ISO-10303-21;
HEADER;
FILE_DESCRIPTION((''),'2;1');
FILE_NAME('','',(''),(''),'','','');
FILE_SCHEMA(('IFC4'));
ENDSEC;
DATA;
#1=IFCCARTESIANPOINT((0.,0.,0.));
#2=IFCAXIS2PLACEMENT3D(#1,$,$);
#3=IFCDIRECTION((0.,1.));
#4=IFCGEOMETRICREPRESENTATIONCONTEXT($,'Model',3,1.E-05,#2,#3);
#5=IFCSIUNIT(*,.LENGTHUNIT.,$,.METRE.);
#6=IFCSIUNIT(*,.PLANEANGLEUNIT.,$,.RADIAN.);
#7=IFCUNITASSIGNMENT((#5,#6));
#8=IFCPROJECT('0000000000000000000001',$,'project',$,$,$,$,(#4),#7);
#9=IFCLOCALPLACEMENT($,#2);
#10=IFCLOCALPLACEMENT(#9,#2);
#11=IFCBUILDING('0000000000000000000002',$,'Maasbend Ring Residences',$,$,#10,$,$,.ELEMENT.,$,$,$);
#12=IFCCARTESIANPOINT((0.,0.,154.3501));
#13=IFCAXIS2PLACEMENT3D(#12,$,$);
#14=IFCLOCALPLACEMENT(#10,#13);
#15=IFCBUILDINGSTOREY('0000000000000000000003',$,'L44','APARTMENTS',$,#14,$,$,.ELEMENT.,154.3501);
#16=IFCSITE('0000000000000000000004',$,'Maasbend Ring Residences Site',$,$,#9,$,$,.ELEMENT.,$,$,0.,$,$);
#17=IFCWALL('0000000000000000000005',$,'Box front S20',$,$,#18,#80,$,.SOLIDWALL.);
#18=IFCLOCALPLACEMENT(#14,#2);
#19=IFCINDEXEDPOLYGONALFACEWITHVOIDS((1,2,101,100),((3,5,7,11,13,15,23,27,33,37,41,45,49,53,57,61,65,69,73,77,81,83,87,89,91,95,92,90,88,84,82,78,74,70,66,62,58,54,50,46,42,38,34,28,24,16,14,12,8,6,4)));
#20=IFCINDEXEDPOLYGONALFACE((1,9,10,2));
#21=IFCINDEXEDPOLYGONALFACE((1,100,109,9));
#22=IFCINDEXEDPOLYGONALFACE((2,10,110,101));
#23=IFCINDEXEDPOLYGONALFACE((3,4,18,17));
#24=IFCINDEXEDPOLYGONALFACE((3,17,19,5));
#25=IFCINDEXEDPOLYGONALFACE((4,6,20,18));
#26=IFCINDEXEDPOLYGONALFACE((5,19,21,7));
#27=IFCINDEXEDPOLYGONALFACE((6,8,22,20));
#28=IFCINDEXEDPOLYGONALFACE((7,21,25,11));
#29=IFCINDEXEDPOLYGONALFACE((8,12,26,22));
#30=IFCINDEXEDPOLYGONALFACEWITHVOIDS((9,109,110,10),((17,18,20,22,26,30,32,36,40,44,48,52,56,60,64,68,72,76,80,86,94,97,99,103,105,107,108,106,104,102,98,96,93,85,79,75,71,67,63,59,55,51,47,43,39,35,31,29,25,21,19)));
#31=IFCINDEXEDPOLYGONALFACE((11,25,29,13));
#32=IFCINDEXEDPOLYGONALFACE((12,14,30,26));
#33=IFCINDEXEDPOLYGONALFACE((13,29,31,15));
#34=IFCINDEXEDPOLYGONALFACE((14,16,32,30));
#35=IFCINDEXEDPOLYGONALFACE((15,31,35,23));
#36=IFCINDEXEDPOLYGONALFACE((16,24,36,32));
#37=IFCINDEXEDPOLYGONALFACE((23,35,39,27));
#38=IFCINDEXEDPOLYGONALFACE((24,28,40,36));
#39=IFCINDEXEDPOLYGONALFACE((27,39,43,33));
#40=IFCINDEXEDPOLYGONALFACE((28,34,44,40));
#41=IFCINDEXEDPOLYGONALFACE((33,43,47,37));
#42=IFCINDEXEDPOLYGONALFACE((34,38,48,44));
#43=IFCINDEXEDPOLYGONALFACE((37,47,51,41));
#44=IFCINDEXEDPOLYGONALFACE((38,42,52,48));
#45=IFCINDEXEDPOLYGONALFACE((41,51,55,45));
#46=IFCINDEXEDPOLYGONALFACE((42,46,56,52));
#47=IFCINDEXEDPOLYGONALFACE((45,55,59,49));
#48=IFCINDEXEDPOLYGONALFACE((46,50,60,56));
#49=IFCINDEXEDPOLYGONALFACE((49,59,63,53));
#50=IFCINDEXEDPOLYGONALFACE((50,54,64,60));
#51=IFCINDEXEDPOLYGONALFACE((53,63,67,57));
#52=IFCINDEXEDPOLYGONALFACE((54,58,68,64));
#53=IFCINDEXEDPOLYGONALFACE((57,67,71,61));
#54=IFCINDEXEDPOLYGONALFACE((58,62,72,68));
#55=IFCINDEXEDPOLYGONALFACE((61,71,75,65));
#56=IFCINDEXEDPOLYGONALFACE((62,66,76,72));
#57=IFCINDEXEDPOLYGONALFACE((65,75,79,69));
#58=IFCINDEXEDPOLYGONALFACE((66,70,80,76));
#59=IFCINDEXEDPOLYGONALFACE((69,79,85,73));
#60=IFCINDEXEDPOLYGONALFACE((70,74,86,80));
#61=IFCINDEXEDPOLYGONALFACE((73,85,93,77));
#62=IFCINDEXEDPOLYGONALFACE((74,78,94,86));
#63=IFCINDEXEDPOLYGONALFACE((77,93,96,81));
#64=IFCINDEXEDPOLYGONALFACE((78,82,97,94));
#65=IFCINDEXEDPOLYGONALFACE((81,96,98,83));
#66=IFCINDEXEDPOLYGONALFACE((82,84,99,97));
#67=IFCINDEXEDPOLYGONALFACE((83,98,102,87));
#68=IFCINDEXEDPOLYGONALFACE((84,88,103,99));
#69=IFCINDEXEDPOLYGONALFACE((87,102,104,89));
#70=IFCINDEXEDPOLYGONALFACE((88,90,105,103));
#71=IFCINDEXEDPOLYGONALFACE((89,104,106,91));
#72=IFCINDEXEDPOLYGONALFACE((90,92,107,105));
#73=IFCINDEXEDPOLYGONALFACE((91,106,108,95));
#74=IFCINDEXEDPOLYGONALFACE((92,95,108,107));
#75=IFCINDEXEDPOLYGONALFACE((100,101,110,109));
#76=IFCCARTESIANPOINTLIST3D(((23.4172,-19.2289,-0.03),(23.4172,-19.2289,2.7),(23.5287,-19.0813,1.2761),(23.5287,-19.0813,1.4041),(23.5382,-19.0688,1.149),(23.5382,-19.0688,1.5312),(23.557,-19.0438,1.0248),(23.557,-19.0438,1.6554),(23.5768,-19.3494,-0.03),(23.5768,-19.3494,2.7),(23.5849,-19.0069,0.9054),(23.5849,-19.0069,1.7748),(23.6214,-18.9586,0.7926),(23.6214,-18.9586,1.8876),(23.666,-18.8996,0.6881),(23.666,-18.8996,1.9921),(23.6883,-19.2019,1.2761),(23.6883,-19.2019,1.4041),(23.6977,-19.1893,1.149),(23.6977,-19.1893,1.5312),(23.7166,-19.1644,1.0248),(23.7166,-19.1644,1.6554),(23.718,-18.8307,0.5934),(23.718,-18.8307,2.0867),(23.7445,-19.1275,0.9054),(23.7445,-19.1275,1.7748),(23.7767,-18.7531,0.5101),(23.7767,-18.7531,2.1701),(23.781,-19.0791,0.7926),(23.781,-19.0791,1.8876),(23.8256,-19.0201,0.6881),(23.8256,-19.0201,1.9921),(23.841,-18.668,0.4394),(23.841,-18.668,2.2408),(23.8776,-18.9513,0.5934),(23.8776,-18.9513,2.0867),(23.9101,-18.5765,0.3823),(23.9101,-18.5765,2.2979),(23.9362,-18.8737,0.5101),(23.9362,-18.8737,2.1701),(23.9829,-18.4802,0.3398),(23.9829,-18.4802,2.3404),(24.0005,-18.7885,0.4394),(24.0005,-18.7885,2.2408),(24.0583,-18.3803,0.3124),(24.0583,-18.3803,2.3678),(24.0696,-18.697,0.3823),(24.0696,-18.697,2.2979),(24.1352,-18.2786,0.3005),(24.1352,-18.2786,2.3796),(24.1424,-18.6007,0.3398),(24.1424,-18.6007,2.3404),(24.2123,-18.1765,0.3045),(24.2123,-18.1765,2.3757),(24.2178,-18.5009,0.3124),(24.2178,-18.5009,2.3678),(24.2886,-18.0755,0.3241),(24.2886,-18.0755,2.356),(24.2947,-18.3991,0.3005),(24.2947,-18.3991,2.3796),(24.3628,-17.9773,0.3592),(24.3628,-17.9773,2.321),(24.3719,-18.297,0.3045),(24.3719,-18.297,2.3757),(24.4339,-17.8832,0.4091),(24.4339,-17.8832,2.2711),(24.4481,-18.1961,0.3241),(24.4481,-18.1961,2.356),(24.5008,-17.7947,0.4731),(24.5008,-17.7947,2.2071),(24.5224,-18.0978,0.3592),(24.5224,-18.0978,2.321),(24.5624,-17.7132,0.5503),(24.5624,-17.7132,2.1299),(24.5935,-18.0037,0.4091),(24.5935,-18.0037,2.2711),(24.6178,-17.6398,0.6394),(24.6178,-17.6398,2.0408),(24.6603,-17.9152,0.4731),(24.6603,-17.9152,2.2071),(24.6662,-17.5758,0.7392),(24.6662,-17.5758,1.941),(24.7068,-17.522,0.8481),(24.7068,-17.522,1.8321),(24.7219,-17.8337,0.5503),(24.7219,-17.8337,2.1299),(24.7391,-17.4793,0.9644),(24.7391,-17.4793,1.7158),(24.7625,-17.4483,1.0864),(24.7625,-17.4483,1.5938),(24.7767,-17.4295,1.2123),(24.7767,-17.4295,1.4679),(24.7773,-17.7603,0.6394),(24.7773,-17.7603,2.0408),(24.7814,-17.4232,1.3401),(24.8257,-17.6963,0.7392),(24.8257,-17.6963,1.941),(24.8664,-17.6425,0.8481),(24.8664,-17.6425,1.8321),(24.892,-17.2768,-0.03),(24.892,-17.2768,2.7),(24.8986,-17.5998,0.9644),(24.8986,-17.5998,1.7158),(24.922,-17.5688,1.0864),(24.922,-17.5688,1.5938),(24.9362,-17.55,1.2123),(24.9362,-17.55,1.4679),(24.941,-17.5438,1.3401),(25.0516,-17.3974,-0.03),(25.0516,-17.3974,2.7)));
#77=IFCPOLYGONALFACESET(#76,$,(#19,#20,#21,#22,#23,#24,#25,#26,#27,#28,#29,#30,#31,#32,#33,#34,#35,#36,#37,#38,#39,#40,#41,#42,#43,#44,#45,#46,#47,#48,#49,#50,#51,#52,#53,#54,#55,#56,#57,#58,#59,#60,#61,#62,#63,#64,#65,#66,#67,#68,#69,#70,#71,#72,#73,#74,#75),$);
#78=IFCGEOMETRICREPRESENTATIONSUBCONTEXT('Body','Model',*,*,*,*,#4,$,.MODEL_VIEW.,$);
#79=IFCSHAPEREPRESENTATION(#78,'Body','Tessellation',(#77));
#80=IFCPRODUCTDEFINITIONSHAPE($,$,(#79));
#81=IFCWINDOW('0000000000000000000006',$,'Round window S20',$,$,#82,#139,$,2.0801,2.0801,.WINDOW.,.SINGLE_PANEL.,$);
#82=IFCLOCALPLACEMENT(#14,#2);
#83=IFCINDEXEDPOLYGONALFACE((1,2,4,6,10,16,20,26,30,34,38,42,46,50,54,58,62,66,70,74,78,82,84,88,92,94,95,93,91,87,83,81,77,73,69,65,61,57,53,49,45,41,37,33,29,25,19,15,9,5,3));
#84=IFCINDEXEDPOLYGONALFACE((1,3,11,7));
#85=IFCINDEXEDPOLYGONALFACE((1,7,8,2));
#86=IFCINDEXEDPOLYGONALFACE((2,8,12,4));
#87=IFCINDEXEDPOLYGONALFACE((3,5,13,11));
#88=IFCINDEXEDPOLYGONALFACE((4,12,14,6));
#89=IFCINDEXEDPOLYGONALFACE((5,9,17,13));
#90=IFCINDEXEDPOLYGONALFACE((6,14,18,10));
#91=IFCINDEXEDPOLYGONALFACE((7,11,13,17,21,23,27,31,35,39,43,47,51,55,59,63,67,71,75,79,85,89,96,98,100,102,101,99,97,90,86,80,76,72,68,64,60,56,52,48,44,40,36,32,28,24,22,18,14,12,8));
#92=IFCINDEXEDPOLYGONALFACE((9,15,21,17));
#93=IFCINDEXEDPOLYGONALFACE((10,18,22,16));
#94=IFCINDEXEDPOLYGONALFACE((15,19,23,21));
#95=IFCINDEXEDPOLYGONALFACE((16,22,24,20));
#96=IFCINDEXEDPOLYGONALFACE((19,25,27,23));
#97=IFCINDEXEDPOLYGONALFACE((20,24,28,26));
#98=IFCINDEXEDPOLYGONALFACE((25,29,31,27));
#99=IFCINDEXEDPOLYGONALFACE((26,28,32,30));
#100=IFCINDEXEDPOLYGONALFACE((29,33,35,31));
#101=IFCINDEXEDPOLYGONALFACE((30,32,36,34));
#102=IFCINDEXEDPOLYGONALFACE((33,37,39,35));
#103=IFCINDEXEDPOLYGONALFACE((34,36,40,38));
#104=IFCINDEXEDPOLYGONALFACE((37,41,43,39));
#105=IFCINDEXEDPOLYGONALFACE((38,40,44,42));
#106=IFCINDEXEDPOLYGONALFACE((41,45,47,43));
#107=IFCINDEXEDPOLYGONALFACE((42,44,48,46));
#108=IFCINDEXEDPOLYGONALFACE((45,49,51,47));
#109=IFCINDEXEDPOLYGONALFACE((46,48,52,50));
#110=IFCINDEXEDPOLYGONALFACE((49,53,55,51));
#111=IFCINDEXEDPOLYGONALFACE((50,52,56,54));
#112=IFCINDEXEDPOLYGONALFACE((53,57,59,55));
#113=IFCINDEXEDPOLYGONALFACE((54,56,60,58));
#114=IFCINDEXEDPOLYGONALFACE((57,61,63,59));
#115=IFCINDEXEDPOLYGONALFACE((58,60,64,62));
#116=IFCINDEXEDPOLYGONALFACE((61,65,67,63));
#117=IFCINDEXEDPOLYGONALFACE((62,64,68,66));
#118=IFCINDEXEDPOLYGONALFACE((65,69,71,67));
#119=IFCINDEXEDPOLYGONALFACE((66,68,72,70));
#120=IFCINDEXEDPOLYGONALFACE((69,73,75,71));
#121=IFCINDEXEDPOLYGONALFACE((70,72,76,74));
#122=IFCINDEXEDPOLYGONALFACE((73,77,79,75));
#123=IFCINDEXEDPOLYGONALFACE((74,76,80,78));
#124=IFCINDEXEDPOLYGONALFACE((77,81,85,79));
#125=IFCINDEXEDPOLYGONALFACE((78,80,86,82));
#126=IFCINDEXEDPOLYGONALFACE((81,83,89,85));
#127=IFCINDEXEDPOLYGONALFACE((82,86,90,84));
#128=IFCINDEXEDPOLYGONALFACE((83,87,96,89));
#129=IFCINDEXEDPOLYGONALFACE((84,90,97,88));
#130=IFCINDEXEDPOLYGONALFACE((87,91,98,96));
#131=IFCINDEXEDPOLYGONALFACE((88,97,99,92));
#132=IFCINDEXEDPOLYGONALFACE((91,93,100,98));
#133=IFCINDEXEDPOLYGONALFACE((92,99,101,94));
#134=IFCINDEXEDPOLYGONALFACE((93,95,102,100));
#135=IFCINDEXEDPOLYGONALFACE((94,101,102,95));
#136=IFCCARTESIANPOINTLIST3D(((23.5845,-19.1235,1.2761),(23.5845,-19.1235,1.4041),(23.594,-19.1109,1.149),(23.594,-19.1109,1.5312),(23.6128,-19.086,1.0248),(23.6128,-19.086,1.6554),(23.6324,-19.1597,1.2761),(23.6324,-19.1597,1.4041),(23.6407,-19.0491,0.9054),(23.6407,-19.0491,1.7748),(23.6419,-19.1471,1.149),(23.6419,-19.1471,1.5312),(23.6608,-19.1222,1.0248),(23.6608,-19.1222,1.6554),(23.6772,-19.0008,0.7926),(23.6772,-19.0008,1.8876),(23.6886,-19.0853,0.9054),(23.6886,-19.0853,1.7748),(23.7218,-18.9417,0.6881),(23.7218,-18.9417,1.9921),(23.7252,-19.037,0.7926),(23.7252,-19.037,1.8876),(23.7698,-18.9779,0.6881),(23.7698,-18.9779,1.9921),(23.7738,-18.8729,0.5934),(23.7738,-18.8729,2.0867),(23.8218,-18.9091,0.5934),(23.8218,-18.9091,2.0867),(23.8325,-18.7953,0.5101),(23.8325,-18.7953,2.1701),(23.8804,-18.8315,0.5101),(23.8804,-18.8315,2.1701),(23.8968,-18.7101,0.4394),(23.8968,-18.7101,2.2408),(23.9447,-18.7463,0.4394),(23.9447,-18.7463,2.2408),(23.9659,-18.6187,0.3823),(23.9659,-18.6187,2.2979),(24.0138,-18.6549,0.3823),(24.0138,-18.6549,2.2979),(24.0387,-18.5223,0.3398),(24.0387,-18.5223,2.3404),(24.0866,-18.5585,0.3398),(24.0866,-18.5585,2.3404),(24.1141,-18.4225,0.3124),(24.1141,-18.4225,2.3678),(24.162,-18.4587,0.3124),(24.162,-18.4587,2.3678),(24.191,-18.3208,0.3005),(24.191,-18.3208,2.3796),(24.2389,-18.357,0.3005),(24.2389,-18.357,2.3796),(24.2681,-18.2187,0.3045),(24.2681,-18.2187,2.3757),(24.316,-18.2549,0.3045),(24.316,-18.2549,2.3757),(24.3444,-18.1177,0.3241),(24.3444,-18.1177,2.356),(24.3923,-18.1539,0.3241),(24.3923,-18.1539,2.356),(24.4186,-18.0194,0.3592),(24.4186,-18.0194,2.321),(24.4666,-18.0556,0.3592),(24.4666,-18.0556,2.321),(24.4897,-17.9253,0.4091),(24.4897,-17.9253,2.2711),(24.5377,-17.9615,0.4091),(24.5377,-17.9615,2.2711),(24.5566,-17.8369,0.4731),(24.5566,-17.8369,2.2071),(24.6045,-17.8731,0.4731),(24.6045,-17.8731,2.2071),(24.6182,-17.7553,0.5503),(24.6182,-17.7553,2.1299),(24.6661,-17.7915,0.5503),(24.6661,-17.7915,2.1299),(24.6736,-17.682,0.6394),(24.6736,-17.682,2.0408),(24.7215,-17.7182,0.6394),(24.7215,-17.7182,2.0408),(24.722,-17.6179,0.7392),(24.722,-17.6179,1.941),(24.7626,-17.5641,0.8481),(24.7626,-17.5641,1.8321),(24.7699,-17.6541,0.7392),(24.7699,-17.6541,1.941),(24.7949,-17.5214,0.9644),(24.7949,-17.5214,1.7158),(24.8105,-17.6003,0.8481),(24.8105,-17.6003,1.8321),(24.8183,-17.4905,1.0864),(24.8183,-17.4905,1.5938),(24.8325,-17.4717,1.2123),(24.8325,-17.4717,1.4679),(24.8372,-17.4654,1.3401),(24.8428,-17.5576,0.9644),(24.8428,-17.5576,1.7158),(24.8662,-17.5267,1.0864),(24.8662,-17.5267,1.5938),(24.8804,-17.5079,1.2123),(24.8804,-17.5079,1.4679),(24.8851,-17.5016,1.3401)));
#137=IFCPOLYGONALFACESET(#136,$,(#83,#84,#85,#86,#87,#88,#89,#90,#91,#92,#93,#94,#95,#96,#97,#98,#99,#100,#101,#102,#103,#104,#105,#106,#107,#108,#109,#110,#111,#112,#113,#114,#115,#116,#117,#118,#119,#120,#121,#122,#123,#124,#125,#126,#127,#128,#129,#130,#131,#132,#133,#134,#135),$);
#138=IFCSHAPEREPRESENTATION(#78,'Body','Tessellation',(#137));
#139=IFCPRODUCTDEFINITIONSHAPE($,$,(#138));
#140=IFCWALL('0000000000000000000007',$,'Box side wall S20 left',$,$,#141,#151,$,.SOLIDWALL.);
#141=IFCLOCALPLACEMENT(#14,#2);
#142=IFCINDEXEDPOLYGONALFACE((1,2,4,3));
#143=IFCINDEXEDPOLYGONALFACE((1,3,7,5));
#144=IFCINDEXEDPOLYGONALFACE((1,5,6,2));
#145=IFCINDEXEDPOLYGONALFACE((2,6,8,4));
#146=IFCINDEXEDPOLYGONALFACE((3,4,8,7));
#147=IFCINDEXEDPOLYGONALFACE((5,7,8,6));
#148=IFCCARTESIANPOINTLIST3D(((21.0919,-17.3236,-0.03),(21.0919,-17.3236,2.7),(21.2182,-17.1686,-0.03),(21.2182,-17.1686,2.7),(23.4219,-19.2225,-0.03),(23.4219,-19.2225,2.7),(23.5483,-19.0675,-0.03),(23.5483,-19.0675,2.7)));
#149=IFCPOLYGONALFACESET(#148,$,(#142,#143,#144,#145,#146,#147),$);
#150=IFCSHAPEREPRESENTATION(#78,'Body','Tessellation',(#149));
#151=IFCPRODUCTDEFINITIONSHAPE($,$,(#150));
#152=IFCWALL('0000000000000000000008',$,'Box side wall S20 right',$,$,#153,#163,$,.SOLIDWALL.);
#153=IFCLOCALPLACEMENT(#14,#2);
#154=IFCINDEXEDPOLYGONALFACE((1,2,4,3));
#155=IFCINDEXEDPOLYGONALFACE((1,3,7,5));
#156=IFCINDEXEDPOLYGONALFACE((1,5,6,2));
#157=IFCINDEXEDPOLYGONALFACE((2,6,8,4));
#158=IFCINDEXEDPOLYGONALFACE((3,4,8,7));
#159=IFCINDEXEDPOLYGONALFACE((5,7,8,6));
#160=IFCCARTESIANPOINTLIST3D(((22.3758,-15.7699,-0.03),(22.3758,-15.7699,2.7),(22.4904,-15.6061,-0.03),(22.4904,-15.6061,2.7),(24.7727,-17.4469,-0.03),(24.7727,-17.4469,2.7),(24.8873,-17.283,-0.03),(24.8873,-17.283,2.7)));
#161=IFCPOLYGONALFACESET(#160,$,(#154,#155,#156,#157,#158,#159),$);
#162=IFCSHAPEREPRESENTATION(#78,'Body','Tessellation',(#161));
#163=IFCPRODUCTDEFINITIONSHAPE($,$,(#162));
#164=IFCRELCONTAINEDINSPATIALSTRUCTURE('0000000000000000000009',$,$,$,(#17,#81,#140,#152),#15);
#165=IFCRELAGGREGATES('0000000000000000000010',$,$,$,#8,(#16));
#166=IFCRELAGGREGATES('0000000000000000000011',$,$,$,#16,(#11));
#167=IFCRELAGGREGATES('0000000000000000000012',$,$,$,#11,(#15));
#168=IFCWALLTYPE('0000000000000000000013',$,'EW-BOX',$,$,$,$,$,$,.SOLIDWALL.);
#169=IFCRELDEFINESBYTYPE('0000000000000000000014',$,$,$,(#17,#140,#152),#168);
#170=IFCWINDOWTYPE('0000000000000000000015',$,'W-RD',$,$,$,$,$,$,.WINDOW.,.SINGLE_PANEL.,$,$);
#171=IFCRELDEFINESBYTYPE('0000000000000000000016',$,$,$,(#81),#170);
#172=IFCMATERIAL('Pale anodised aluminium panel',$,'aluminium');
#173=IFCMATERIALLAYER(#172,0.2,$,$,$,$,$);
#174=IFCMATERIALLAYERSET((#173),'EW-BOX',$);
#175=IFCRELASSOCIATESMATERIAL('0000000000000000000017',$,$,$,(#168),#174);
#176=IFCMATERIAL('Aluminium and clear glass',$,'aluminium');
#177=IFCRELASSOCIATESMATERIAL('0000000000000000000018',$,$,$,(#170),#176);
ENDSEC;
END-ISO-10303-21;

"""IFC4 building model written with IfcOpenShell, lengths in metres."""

from ifc_helpers import new_model, si_unit, direction, frame, frame_2d, origin, place, context, subcontext, project, spatial, rectangle, circle, extrude, material, layer, layer_set, type_object, element, fill, save


model = new_model("IFC4")

# Units and contexts
model_context = context("Model", 3, precision=1e-05, world=origin(), true_north=direction((0.0, 1.0)))
body_context = subcontext(model_context, "Body", "Model", "MODEL_VIEW")
ifc_project = project(units=[si_unit("LENGTHUNIT", "METRE"), si_unit("PLANEANGLEUNIT", "RADIAN")], contexts=[model_context])

# Site, building, storey
site_placement = place(None, origin())
site = spatial("IfcSite", under=ifc_project, at=site_placement, Name="Maasbend Ring Residences Site", CompositionType="ELEMENT", RefElevation=0.0)
building_placement = place(site_placement, origin())
building = spatial("IfcBuilding", under=site, at=building_placement, Name="Maasbend Ring Residences", CompositionType="ELEMENT")
storey_placement = place(building_placement, frame((0.0, 0.0, 154.3501)))
storey = spatial("IfcBuildingStorey", under=building, at=storey_placement, Name="L44", Description="APARTMENTS", CompositionType="ELEMENT", Elevation=154.3501)

# Shared definitions
ifc_material_1 = material(Name="Pale anodised aluminium panel", Category="aluminium")
ifc_layer_1 = layer(ifc_material_1, 0.2)
ifc_layer_set_1 = layer_set([ifc_layer_1], Name="EW-BOX")
wall_type_1 = type_object("IfcWallType", Name="EW-BOX", PredefinedType="SOLIDWALL", material=ifc_layer_set_1)
ifc_material_2 = material(Name="Aluminium and clear glass", Category="aluminium")
window_type_1 = type_object("IfcWindowType", Name="W-RD", PartitioningType="SINGLE_PANEL", PredefinedType="WINDOW", material=ifc_material_2)

# Wall, opening, window
wall_1_placement = place(storey_placement, frame((23.4971, -19.2891, -0.03), z_axis=(0.0, 0.0, 1.0), x_axis=(0.602806, 0.797888, 0.0)))
wall_1 = element("IfcWall", 1, at=wall_1_placement, inside=storey, type_object=wall_type_1, Name="Box front S20", PredefinedType="SOLIDWALL", context=body_context, shape_type="SweptSolid", body=[
    extrude(rectangle(XDim=2.4465, YDim=0.2, at=frame_2d((1.2231, 0.0))), origin(), (0.0, 0.0, 1.0), 2.73),
])
opening_1_placement = place(wall_1_placement, frame((0.1829, 0.0, 0.3301)))
opening_1 = element("IfcOpeningElement", 2, at=opening_1_placement, cuts=wall_1, PredefinedType="OPENING", context=body_context, shape_type="SweptSolid", body=[
    extrude(circle(Radius=1.04, at=frame_2d((1.04, 1.04))), frame((0.0, 0.1099, 0.0), z_axis=(0.0, -1.0, 0.0), x_axis=(1.0, 0.0, 0.0)), (0.0, 0.0, 1.0), 0.22),
])
window_1_placement = place(opening_1_placement, origin())
window_1 = element("IfcWindow", 3, at=window_1_placement, inside=storey, type_object=window_type_1, Name="Round window S20", OverallHeight=2.0801, OverallWidth=2.0801, PartitioningType="SINGLE_PANEL", PredefinedType="WINDOW", context=body_context, shape_type="SweptSolid", body=[
    extrude(circle(Radius=1.04, at=frame_2d((1.04, 1.04))), frame((0.0, 0.03, 0.0), z_axis=(0.0, -1.0, 0.0), x_axis=(1.0, 0.0, 0.0)), (0.0, 0.0, 1.0), 0.0601),
])
fill(opening_1, window_1)

# Walls
wall_2_placement = place(storey_placement, frame((21.155, -17.2461, -0.03), z_axis=(0.0, 0.0, 1.0), x_axis=(0.775179, -0.631742, 0.0)))
element("IfcWall", 4, at=wall_2_placement, inside=storey, type_object=wall_type_1, Name="Box side wall S20 left", PredefinedType="SOLIDWALL", context=body_context, shape_type="SweptSolid", body=[
    extrude(rectangle(XDim=3.0059, YDim=0.2, at=frame_2d((1.5029, 0.0))), origin(), (0.0, 0.0, 1.0), 2.73),
])
wall_3_placement = place(storey_placement, frame((22.4331, -15.688, -0.03), z_axis=(0.0, 0.0, 1.0), x_axis=(0.819373, -0.573261, 0.0)))
element("IfcWall", 5, at=wall_3_placement, inside=storey, type_object=wall_type_1, Name="Box side wall S20 right", PredefinedType="SOLIDWALL", context=body_context, shape_type="SweptSolid", body=[
    extrude(rectangle(XDim=2.9253, YDim=0.2, at=frame_2d((1.4626, 0.0))), origin(), (0.0, 0.0, 1.0), 2.73),
])

save(model, "model.ifc")
